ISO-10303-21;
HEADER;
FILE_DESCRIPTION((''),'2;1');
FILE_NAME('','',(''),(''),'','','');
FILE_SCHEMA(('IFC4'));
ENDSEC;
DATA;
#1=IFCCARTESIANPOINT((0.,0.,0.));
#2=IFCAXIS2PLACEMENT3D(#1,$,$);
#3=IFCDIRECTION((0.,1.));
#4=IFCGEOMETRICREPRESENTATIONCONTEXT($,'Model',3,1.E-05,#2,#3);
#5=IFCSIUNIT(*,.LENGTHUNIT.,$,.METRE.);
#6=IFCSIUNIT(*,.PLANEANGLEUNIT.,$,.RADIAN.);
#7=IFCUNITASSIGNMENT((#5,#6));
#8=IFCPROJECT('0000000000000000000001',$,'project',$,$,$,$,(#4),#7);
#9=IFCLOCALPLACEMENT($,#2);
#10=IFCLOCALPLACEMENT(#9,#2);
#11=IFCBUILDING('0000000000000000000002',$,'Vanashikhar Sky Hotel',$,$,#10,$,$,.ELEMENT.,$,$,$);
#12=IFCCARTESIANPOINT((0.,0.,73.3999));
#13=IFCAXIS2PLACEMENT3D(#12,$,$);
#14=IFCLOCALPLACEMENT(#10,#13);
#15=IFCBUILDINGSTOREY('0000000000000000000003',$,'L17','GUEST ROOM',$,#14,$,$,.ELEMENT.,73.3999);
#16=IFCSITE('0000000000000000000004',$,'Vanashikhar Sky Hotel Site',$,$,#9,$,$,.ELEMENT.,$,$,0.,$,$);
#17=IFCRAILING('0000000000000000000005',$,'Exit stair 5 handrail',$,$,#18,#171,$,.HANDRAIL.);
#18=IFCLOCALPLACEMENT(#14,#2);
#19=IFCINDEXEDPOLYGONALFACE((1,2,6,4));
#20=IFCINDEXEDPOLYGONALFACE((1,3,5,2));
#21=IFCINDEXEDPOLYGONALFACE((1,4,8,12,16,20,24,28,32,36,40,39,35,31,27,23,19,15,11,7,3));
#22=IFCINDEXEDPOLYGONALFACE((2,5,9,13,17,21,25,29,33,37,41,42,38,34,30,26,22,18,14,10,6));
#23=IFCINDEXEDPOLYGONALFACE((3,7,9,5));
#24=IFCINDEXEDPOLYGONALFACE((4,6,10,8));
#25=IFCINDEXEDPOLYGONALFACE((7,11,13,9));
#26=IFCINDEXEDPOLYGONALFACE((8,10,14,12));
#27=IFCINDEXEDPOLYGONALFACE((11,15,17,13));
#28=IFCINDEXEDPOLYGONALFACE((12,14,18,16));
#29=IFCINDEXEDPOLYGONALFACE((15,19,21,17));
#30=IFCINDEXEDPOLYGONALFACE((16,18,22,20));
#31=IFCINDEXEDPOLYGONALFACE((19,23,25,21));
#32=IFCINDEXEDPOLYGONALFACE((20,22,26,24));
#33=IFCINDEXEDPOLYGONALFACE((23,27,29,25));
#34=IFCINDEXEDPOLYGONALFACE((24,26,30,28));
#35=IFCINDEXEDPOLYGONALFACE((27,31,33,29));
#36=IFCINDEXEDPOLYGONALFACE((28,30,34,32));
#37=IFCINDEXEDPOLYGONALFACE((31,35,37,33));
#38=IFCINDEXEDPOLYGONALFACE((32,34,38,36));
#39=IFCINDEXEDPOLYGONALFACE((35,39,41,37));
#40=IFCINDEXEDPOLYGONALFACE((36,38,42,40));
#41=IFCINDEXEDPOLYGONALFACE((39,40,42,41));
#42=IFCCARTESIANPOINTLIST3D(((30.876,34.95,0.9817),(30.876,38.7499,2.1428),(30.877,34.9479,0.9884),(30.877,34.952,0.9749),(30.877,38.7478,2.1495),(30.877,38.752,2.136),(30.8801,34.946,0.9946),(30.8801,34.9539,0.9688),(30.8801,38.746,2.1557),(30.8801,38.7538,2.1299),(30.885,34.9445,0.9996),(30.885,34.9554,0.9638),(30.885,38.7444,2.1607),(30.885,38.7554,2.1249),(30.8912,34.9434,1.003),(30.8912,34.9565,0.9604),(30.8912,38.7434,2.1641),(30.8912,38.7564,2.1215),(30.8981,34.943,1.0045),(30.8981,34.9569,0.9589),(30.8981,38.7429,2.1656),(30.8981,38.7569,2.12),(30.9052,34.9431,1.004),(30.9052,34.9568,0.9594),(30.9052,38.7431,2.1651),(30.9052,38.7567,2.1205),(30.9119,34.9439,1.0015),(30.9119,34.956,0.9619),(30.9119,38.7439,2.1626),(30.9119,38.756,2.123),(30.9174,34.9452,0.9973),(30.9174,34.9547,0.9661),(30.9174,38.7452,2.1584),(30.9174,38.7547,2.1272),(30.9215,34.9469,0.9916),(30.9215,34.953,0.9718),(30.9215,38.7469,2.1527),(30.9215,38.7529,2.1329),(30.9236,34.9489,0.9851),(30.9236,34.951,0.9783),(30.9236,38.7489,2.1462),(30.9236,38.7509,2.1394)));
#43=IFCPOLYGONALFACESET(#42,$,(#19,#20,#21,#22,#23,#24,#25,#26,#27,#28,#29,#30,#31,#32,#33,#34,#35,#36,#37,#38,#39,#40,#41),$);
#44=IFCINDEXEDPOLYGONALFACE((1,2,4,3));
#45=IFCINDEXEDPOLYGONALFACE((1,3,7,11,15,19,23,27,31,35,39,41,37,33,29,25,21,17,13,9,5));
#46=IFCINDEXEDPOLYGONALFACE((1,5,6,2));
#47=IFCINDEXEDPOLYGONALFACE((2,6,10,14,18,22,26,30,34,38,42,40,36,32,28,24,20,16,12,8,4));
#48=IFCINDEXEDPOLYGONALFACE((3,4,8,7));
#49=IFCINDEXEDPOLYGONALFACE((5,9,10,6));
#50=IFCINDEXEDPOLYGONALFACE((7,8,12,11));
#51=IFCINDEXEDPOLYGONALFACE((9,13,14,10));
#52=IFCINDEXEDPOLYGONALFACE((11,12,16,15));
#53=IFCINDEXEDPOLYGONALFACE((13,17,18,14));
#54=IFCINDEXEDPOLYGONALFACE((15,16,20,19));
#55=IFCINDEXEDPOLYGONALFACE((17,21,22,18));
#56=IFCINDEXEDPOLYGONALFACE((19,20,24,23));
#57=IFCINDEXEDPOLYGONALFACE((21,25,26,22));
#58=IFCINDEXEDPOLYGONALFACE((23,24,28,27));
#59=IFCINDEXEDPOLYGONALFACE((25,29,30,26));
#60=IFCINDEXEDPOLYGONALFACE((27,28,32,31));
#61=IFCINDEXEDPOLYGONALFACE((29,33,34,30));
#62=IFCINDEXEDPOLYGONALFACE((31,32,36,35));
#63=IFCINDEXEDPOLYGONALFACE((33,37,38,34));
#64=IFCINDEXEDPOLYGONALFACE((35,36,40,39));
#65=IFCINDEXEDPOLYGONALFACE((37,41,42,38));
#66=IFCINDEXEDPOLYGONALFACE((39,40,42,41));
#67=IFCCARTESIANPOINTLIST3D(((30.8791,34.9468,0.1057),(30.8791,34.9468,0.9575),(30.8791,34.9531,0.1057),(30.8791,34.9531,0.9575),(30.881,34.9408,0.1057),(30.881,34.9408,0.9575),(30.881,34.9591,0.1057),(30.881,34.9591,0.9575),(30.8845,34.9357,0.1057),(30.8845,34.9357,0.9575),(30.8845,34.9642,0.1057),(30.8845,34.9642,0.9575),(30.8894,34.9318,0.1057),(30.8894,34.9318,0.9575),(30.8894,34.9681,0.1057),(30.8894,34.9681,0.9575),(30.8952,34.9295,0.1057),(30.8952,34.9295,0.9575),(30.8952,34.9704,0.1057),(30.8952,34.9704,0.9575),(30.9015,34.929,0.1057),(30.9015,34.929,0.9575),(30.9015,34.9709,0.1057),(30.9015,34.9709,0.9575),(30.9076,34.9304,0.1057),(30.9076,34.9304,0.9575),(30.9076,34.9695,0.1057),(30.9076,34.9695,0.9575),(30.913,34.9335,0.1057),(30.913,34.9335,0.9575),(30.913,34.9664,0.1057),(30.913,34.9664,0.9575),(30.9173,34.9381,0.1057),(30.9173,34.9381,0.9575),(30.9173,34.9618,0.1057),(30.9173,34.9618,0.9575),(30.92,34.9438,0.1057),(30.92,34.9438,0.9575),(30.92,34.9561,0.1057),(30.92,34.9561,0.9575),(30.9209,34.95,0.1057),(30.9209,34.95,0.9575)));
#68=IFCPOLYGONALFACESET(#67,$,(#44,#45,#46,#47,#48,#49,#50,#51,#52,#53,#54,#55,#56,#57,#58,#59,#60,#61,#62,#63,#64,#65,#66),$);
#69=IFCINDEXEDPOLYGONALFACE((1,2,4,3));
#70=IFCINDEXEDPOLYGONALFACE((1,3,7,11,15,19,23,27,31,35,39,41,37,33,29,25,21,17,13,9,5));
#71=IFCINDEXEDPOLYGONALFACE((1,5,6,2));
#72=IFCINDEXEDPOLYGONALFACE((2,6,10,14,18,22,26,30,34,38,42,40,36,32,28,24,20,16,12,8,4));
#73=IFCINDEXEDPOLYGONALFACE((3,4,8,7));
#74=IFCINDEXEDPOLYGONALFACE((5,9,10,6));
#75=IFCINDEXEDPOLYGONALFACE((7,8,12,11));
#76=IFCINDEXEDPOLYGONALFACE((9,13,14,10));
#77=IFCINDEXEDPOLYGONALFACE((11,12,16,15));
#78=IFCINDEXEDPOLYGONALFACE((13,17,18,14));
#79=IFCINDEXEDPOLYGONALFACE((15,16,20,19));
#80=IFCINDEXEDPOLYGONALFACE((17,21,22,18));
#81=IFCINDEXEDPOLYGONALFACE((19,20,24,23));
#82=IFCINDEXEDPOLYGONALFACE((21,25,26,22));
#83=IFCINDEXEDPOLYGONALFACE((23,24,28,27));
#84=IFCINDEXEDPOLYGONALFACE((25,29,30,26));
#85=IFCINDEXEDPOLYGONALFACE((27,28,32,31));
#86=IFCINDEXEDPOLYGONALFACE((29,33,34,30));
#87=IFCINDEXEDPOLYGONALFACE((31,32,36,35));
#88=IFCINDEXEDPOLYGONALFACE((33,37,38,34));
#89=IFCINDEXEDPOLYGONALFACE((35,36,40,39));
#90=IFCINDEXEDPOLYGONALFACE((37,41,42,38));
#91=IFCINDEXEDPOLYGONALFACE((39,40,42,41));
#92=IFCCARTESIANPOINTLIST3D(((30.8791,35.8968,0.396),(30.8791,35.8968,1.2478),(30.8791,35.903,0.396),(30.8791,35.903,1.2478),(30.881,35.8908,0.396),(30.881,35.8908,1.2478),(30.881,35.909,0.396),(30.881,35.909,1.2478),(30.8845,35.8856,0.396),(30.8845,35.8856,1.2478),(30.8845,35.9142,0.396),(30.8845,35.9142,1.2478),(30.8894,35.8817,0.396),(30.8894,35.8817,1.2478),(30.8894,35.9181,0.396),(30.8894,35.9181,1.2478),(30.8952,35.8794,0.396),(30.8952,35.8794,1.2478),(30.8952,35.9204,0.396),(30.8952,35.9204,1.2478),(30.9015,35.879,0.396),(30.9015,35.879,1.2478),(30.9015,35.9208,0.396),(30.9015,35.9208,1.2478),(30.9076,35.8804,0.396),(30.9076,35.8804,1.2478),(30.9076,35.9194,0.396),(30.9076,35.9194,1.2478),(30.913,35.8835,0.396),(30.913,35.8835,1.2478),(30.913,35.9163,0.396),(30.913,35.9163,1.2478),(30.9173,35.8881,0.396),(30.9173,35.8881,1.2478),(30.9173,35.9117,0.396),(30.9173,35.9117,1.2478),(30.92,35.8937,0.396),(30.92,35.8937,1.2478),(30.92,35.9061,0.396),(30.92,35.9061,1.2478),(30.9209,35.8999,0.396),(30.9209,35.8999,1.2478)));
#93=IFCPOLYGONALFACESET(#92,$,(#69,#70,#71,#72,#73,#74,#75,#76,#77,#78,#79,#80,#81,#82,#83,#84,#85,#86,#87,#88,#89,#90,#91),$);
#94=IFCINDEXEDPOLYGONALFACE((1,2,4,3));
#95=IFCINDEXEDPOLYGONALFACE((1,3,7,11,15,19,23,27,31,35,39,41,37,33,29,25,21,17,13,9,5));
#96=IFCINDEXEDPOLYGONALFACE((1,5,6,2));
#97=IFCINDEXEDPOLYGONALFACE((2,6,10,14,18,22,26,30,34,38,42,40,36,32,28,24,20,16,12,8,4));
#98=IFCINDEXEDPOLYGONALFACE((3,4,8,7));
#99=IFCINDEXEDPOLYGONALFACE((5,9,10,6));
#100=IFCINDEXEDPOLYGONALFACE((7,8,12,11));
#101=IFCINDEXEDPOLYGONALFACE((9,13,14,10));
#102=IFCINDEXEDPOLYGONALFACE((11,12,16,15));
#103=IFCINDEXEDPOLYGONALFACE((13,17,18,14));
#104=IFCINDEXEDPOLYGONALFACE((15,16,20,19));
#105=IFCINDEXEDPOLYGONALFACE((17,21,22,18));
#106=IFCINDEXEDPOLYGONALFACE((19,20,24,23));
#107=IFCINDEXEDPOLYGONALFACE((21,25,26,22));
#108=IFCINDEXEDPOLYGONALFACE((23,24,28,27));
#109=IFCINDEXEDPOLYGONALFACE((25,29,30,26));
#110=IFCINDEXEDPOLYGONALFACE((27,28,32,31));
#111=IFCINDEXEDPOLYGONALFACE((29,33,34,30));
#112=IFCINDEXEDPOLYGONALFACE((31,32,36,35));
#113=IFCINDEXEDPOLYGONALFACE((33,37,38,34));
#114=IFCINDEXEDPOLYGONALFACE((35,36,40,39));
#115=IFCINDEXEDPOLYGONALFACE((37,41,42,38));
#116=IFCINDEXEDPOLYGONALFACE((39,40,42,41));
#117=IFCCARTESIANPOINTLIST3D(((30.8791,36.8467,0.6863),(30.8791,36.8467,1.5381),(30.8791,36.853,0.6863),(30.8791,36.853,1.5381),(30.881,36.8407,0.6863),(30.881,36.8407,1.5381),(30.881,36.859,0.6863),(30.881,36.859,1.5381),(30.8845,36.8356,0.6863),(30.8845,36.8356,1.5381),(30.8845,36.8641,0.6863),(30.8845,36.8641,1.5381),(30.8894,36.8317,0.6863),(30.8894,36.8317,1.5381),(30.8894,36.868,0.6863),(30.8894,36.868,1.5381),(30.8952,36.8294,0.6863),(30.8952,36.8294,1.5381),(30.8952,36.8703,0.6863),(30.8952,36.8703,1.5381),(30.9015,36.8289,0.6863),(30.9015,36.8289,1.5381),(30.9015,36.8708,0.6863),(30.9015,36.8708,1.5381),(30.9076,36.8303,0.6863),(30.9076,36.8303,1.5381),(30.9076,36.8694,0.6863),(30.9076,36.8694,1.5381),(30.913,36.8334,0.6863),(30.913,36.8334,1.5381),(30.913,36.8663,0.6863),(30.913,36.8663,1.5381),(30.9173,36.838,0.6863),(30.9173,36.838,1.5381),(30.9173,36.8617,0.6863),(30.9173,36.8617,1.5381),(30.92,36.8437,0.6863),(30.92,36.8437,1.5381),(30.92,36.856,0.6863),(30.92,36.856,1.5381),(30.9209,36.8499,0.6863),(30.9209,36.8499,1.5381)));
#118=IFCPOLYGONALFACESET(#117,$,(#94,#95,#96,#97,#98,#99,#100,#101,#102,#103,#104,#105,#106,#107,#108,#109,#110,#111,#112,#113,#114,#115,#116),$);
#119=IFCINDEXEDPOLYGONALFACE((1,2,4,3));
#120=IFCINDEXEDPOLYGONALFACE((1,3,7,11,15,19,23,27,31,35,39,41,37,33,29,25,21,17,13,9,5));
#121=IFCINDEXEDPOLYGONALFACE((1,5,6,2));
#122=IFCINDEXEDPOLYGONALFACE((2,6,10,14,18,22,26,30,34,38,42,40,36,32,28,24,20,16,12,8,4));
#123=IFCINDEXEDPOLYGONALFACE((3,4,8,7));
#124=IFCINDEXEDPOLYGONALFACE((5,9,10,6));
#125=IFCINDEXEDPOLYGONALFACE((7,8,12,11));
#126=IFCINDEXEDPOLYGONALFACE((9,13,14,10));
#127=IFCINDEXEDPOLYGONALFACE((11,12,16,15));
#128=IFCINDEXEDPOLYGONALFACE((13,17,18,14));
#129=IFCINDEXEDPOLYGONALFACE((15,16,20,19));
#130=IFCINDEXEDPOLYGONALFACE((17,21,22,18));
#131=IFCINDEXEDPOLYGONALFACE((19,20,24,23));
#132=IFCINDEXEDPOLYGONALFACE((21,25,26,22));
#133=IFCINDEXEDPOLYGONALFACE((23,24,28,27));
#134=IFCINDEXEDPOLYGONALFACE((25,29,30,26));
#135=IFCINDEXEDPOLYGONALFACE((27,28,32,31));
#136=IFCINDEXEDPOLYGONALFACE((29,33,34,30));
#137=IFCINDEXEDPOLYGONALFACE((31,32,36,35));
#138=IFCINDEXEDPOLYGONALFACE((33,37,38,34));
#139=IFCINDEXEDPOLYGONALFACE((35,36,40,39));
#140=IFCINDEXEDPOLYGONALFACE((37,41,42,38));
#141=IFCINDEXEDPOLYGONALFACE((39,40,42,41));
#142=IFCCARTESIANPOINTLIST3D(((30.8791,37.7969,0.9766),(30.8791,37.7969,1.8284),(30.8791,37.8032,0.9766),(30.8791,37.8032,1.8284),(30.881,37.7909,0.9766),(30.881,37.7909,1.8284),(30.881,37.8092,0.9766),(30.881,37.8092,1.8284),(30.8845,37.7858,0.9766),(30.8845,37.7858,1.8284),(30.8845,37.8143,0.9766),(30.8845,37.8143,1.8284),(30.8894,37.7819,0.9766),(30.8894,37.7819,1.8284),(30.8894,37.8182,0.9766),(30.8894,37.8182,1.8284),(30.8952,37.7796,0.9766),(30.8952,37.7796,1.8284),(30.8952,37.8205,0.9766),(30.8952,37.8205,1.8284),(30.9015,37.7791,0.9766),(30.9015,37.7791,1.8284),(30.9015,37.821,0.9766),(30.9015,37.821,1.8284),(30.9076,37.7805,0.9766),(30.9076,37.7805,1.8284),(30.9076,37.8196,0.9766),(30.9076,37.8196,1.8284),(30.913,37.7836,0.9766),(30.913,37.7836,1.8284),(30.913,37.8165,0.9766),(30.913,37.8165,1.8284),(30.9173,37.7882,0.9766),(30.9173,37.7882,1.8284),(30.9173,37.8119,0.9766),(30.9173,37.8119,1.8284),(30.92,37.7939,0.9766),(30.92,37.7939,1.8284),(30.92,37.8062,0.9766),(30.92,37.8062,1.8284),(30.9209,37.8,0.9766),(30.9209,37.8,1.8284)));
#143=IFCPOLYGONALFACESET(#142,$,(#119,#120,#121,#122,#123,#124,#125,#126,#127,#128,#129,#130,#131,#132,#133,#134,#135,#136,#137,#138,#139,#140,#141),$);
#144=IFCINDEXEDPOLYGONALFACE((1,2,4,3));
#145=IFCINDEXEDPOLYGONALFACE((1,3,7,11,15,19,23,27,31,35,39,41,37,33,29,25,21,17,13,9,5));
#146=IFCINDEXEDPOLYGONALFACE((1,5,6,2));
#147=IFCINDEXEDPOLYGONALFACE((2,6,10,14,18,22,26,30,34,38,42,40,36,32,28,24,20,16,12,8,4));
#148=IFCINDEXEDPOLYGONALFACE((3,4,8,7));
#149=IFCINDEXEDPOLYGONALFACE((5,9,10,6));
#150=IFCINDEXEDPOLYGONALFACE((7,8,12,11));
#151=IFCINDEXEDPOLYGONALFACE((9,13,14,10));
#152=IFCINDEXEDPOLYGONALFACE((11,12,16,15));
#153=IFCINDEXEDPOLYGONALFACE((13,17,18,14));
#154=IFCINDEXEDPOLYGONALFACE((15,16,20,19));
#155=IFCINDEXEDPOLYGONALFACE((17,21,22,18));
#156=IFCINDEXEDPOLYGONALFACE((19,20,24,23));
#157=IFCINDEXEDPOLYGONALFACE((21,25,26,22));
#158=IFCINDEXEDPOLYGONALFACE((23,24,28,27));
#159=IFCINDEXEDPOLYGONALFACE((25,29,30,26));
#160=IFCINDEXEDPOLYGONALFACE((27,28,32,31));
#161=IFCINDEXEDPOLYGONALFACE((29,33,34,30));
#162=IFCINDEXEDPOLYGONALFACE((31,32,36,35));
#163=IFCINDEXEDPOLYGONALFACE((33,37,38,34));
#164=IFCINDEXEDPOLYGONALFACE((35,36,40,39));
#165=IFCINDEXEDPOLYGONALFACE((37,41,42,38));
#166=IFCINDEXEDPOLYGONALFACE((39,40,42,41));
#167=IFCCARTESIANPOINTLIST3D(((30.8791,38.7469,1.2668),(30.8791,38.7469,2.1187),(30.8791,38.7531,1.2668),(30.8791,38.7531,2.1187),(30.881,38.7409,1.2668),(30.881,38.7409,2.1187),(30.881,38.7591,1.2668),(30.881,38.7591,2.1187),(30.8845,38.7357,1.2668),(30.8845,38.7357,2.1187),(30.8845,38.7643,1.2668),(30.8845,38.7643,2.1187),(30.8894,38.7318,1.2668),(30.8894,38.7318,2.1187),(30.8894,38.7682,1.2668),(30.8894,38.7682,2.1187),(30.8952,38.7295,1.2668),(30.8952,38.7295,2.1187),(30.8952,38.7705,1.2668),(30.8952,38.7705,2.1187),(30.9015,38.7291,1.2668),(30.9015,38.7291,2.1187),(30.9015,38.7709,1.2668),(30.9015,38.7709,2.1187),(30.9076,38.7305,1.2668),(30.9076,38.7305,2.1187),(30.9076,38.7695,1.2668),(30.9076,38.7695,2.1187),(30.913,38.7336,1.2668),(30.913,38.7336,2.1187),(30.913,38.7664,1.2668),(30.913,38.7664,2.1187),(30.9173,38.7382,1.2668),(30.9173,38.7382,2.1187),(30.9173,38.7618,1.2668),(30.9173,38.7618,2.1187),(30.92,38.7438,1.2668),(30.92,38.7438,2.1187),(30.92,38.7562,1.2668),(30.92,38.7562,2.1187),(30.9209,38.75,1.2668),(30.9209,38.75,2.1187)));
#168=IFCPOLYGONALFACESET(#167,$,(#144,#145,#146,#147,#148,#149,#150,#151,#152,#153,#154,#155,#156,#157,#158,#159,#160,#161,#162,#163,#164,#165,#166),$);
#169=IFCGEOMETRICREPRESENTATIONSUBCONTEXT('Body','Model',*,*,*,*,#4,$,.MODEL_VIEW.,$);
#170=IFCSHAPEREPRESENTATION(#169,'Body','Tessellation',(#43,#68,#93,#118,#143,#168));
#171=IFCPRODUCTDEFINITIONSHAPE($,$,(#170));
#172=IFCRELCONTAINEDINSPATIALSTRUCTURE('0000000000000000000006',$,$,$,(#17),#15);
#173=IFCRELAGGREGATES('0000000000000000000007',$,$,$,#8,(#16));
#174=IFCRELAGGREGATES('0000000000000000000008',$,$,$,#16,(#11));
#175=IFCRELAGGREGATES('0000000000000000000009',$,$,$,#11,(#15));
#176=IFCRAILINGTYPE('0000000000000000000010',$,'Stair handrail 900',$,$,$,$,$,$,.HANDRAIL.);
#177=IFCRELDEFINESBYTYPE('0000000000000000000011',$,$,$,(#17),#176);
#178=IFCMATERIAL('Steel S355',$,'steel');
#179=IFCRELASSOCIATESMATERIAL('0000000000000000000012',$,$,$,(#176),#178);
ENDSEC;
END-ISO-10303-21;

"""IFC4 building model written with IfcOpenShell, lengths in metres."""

from ifc_helpers import new_model, si_unit, direction, frame, origin, origin_2d, place, context, subcontext, project, spatial, circle, extrude, source, transform, mapped, material, type_object, element, save


model = new_model("IFC4")

# Units and contexts
model_context = context("Model", 3, precision=1e-05, world=origin(), true_north=direction((0.0, 1.0)))
body_context = subcontext(model_context, "Body", "Model", "MODEL_VIEW")
ifc_project = project(units=[si_unit("LENGTHUNIT", "METRE"), si_unit("PLANEANGLEUNIT", "RADIAN")], contexts=[model_context])

# Site, building, storey
site_placement = place(None, origin())
site = spatial("IfcSite", under=ifc_project, at=site_placement, Name="Vanashikhar Sky Hotel Site", CompositionType="ELEMENT", RefElevation=0.0)
building_placement = place(site_placement, origin())
building = spatial("IfcBuilding", under=site, at=building_placement, Name="Vanashikhar Sky Hotel", CompositionType="ELEMENT")
storey_placement = place(building_placement, frame((0.0, 0.0, 73.3999)))
storey = spatial("IfcBuildingStorey", under=building, at=storey_placement, Name="L17", Description="GUEST ROOM", CompositionType="ELEMENT", Elevation=73.3999)

# Railing
ifc_material_1 = material(Name="Steel S355", Category="steel")
railing_type_1 = type_object("IfcRailingType", Name="Stair handrail 900", PredefinedType="HANDRAIL", material=ifc_material_1)
shared_shape_1 = source(origin(), body_context, "Body", "SweptSolid", [
    extrude(circle(Radius=0.0239, at=origin_2d()), frame((0.0, 0.0, 0.876), z_axis=(0.0, 0.956351, 0.29222), x_axis=(-1.0, 0.0, 0.0)), (0.0, 0.0, 1.0), 3.9734),
    extrude(circle(Radius=0.021, at=origin_2d()), origin(), (0.0, 0.0, 1.0), 0.8518),
    extrude(circle(Radius=0.021, at=origin_2d()), frame((0.0, 0.95, 0.2903)), (0.0, 0.0, 1.0), 0.8518),
    extrude(circle(Radius=0.021, at=origin_2d()), frame((0.0, 1.8999, 0.5806)), (0.0, 0.0, 1.0), 0.8518),
    extrude(circle(Radius=0.021, at=origin_2d()), frame((0.0, 2.8501, 0.8708)), (0.0, 0.0, 1.0), 0.8518),
    extrude(circle(Radius=0.021, at=origin_2d()), frame((0.0, 3.8, 1.1611)), (0.0, 0.0, 1.0), 0.8518),
])
for number, where, name in (
    (1, (30.8999, 34.95, 0.1057), "Exit stair 5 handrail"),
):
    element("IfcRailing", number, at=place(storey_placement, frame(where)), inside=storey, type_object=railing_type_1, Name=name, PredefinedType="HANDRAIL", context=body_context, shape_type="MappedRepresentation", body=[
        mapped(shared_shape_1, transform((0.0, 0.0, 0.0), scale=1.0)),
    ])

save(model, "model.ifc")
